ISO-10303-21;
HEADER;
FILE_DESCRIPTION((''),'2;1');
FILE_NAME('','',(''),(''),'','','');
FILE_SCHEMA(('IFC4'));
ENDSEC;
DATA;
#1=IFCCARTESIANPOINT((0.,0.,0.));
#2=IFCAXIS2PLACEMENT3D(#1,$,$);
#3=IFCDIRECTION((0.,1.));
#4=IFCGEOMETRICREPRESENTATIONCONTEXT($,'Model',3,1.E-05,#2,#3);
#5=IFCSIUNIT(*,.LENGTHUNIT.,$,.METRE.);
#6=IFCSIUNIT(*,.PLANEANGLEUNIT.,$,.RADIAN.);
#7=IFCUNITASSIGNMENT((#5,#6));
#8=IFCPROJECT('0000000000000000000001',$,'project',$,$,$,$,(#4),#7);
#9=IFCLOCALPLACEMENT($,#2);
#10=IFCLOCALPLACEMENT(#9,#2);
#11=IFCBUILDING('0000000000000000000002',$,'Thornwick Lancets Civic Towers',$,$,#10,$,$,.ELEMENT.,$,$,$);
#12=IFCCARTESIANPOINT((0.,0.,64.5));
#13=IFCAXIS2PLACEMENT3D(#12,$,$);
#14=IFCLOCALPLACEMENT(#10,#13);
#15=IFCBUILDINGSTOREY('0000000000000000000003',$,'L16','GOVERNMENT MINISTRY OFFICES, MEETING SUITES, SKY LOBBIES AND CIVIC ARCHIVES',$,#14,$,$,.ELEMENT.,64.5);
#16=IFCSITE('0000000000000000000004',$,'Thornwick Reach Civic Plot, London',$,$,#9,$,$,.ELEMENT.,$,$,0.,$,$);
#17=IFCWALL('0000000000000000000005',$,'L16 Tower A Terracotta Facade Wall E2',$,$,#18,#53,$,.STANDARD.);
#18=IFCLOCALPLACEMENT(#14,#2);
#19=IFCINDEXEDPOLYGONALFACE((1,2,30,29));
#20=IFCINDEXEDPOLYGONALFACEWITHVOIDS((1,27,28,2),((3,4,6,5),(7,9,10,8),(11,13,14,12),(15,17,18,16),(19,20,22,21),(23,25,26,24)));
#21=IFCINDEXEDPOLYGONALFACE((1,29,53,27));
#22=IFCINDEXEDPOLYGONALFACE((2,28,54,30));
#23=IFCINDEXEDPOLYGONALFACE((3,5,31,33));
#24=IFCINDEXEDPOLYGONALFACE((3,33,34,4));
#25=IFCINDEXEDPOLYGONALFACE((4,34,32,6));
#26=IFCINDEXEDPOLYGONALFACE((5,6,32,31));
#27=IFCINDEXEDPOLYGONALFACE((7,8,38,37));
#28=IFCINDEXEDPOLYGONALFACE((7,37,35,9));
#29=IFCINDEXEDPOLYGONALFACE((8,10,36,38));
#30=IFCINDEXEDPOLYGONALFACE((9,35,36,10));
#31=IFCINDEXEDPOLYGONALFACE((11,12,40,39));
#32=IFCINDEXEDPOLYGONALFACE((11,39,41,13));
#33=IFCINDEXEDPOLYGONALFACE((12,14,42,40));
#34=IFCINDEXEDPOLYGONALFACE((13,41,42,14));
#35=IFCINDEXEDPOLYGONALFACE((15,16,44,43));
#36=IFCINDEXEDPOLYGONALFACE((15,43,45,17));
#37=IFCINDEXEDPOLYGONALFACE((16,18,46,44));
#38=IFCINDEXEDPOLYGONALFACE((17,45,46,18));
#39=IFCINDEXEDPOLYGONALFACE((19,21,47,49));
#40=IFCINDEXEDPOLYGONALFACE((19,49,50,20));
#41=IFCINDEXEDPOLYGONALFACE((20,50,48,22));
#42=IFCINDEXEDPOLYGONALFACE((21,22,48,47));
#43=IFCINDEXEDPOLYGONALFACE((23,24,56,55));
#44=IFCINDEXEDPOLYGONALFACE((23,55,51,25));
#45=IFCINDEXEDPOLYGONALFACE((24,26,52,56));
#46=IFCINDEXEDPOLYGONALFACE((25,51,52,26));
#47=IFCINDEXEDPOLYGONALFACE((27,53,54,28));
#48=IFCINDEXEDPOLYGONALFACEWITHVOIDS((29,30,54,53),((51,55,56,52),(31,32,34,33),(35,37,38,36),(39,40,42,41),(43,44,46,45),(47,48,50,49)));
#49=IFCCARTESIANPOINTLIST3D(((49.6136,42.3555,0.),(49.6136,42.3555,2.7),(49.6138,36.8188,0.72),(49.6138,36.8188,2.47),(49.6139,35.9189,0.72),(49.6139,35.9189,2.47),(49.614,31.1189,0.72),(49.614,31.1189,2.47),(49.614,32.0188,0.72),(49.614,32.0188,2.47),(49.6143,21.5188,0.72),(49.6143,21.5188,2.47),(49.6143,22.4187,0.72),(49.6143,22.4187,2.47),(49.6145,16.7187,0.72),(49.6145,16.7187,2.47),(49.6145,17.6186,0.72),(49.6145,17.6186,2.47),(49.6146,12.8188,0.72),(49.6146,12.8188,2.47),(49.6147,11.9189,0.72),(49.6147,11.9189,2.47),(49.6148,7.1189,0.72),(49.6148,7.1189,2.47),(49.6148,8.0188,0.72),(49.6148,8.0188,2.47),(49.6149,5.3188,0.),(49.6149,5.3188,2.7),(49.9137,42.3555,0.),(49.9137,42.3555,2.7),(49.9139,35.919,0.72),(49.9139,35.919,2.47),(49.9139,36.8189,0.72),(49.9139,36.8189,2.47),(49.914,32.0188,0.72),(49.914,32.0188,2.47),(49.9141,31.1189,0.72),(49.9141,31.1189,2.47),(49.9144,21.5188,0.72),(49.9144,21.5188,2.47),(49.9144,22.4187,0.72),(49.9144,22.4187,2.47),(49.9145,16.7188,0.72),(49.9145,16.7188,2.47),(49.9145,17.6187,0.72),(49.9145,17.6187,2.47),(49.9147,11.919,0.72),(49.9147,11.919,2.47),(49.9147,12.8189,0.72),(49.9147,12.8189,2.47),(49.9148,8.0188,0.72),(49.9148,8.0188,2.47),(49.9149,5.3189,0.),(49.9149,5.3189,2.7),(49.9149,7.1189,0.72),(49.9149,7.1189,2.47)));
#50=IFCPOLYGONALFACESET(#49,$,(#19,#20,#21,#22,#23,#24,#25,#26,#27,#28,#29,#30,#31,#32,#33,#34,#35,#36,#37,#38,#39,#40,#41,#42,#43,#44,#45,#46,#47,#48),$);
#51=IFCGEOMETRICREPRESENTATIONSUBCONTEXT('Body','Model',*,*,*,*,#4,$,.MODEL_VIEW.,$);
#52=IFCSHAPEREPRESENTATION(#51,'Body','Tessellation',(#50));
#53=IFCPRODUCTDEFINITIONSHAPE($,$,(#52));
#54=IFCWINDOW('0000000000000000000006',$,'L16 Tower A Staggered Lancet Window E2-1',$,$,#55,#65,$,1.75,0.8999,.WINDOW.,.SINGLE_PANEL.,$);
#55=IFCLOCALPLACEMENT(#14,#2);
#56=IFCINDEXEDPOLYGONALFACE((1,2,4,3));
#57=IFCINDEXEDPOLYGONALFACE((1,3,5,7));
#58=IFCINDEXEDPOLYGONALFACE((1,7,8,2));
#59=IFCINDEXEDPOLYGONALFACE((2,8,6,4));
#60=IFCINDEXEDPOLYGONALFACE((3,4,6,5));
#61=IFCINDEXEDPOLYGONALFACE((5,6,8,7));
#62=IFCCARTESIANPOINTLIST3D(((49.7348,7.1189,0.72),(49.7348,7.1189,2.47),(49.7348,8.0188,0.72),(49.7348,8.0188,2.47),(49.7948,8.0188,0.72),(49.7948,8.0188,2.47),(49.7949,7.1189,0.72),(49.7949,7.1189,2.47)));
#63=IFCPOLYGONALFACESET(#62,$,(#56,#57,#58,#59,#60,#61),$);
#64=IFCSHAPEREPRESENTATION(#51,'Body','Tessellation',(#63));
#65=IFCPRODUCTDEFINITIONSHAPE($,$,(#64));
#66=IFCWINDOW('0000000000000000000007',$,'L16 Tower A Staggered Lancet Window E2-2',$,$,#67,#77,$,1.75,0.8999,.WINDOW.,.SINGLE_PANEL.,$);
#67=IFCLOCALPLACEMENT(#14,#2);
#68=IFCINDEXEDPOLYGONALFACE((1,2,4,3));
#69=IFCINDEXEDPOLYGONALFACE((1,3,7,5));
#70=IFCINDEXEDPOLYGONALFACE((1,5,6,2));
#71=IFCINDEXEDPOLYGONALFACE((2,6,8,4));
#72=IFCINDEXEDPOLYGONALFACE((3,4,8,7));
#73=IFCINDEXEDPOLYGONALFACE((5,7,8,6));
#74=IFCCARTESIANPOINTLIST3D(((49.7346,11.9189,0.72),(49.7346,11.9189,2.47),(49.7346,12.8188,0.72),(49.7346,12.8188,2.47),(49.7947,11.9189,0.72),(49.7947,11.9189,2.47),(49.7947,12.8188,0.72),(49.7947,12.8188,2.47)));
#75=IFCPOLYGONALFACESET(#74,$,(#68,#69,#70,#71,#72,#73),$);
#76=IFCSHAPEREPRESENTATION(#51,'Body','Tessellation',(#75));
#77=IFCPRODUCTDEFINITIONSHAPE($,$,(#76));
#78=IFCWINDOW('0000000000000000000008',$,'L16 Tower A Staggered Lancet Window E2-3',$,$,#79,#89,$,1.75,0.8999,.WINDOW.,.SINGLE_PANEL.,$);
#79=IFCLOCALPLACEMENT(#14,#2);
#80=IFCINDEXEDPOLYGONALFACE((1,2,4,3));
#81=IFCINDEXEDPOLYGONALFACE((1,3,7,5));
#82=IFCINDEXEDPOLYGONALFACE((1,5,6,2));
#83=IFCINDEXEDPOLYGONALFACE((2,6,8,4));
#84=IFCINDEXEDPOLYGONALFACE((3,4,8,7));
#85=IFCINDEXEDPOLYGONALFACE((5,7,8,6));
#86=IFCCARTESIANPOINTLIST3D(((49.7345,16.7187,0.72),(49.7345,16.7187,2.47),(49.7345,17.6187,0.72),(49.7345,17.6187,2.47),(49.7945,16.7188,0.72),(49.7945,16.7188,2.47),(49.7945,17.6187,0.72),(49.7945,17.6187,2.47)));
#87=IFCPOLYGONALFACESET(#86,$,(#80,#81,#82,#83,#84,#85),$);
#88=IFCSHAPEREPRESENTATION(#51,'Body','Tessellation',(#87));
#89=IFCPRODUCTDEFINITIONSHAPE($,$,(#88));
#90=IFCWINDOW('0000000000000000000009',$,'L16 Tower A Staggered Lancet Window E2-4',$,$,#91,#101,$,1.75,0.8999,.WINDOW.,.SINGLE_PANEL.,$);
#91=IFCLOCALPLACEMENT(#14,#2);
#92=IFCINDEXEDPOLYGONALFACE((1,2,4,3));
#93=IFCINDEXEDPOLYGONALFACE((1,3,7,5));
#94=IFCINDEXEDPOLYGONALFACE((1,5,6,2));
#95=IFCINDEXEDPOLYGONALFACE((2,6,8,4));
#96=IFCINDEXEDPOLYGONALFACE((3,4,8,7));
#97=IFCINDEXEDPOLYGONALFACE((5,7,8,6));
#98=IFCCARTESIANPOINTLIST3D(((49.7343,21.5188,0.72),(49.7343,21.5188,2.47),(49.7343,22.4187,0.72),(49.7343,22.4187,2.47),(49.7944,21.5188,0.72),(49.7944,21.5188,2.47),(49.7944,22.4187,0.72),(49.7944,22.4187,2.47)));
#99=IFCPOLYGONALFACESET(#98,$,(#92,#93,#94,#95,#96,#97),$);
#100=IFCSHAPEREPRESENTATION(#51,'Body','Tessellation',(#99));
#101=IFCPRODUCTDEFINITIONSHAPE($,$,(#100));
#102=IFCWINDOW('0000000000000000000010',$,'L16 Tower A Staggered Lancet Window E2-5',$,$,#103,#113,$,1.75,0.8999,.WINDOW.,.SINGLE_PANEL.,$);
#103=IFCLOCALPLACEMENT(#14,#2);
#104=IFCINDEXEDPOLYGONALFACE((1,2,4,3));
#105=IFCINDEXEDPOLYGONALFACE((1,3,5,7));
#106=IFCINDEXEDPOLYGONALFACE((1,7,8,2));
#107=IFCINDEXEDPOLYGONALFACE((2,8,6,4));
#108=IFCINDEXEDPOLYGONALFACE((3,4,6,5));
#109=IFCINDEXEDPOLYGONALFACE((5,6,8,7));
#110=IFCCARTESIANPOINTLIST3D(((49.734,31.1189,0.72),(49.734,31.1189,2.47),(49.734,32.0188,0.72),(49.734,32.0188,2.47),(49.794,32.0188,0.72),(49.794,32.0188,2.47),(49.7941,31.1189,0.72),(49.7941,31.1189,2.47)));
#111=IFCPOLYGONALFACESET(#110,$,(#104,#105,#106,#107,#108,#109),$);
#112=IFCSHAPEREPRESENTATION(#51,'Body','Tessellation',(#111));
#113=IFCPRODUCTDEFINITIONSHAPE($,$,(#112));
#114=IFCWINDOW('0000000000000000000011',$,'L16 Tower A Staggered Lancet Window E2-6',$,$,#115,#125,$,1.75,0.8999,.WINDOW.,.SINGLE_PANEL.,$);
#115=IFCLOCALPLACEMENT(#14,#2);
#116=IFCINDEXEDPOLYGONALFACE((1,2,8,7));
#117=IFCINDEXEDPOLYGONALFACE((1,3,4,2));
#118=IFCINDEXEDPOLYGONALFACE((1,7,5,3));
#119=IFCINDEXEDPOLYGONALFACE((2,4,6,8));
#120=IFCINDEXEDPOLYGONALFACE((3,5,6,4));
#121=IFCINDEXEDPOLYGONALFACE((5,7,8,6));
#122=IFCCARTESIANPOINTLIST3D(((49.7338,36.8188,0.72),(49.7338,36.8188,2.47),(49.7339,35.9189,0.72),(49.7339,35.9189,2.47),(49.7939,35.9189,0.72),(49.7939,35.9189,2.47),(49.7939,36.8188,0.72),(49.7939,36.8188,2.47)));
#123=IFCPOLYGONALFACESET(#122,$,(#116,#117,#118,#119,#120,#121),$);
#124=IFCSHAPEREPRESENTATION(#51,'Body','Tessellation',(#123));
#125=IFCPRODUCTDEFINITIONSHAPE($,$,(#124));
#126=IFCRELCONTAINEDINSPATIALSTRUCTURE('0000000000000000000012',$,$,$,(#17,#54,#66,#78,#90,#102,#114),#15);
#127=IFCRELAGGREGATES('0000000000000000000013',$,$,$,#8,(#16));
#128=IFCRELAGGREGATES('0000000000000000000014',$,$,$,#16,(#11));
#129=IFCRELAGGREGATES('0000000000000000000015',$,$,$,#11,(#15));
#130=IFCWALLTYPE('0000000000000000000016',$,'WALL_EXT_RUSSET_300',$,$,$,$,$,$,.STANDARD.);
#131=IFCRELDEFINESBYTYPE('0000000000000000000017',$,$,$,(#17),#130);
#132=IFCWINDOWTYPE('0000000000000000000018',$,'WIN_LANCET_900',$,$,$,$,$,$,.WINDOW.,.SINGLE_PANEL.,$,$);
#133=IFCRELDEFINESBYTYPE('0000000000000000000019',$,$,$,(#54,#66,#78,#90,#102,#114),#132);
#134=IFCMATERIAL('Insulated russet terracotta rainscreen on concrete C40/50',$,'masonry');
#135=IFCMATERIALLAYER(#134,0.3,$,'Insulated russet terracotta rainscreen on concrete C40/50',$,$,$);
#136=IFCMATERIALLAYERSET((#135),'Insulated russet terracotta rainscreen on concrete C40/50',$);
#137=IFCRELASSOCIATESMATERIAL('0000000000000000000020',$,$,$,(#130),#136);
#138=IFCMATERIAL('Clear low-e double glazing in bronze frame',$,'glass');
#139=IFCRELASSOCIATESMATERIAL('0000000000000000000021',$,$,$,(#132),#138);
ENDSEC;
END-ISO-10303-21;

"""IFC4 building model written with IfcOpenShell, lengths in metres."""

from ifc_helpers import new_model, si_unit, direction, frame, frame_2d, origin, place, context, subcontext, project, spatial, rectangle, extrude, material, layer, layer_set, type_object, element, fill, save


model = new_model("IFC4")

# Units and contexts
model_context = context("Model", 3, precision=1e-05, world=origin(), true_north=direction((0.0, 1.0)))
body_context = subcontext(model_context, "Body", "Model", "MODEL_VIEW")
ifc_project = project(units=[si_unit("LENGTHUNIT", "METRE"), si_unit("PLANEANGLEUNIT", "RADIAN")], contexts=[model_context])

# Site, building, storey
site_placement = place(None, origin())
site = spatial("IfcSite", under=ifc_project, at=site_placement, Name="Thornwick Reach Civic Plot, London", CompositionType="ELEMENT", RefElevation=0.0)
building_placement = place(site_placement, origin())
building = spatial("IfcBuilding", under=site, at=building_placement, Name="Thornwick Lancets Civic Towers", CompositionType="ELEMENT")
storey_placement = place(building_placement, frame((0.0, 0.0, 64.5)))
storey = spatial("IfcBuildingStorey", under=building, at=storey_placement, Name="L16", Description="GOVERNMENT MINISTRY OFFICES, MEETING SUITES, SKY LOBBIES AND CIVIC ARCHIVES", CompositionType="ELEMENT", Elevation=64.5)

# Wall, openings, windows
ifc_material_1 = material(Name="Insulated russet terracotta rainscreen on concrete C40/50", Category="masonry")
ifc_layer_1 = layer(ifc_material_1, 0.3, Name="Insulated russet terracotta rainscreen on concrete C40/50")
ifc_layer_set_1 = layer_set([ifc_layer_1], Name="Insulated russet terracotta rainscreen on concrete C40/50")
wall_type_1 = type_object("IfcWallType", Name="WALL_EXT_RUSSET_300", PredefinedType="STANDARD", material=ifc_layer_set_1)
wall_1_placement = place(storey_placement, frame((49.7649, 5.3188, 0.0), z_axis=(0.0, 0.0, 1.0), x_axis=(-0.000033, 1.0, 0.0)))
wall_1 = element("IfcWall", 1, at=wall_1_placement, inside=storey, type_object=wall_type_1, Name="L16 Tower A Terracotta Facade Wall E2", PredefinedType="STANDARD", context=body_context, shape_type="SweptSolid", body=[
    extrude(rectangle(XDim=37.0366, YDim=0.3, at=frame_2d((18.5183, 0.0))), origin(), (0.0, 0.0, 1.0), 2.7),
])
opening_1_placement = place(wall_1_placement, frame((1.8, 0.0, 0.72)))
opening_1 = element("IfcOpeningElement", 2, at=opening_1_placement, cuts=wall_1, PredefinedType="OPENING", context=body_context, shape_type="SweptSolid", body=[
    extrude(rectangle(XDim=0.8999, YDim=1.75, at=frame_2d((0.45, 0.875))), frame((0.0, 0.1602, 0.0), z_axis=(0.0, -1.0, 0.0), x_axis=(1.0, 0.0, 0.0)), (0.0, 0.0, 1.0), 0.3201),
])
opening_2_placement = place(wall_1_placement, frame((6.6001, 0.0, 0.72)))
opening_2 = element("IfcOpeningElement", 3, at=opening_2_placement, cuts=wall_1, PredefinedType="OPENING", context=body_context, shape_type="SweptSolid", body=[
    extrude(rectangle(XDim=0.8999, YDim=1.75, at=frame_2d((0.45, 0.875))), frame((0.0, 0.1602, 0.0), z_axis=(0.0, -1.0, 0.0), x_axis=(1.0, 0.0, 0.0)), (0.0, 0.0, 1.0), 0.3201),
])
opening_3_placement = place(wall_1_placement, frame((11.3999, 0.0, 0.72)))
opening_3 = element("IfcOpeningElement", 4, at=opening_3_placement, cuts=wall_1, PredefinedType="OPENING", context=body_context, shape_type="SweptSolid", body=[
    extrude(rectangle(XDim=0.8999, YDim=1.75, at=frame_2d((0.45, 0.875))), frame((0.0, 0.1602, 0.0), z_axis=(0.0, -1.0, 0.0), x_axis=(1.0, 0.0, 0.0)), (0.0, 0.0, 1.0), 0.3201),
])
opening_4_placement = place(wall_1_placement, frame((16.2, 0.0, 0.72)))
opening_4 = element("IfcOpeningElement", 5, at=opening_4_placement, cuts=wall_1, PredefinedType="OPENING", context=body_context, shape_type="SweptSolid", body=[
    extrude(rectangle(XDim=0.8999, YDim=1.75, at=frame_2d((0.45, 0.875))), frame((0.0, 0.1602, 0.0), z_axis=(0.0, -1.0, 0.0), x_axis=(1.0, 0.0, 0.0)), (0.0, 0.0, 1.0), 0.3201),
])
opening_5_placement = place(wall_1_placement, frame((25.8, 0.0, 0.72)))
opening_5 = element("IfcOpeningElement", 6, at=opening_5_placement, cuts=wall_1, PredefinedType="OPENING", context=body_context, shape_type="SweptSolid", body=[
    extrude(rectangle(XDim=0.8999, YDim=1.75, at=frame_2d((0.45, 0.875))), frame((0.0, 0.1602, 0.0), z_axis=(0.0, -1.0, 0.0), x_axis=(1.0, 0.0, 0.0)), (0.0, 0.0, 1.0), 0.3201),
])
opening_6_placement = place(wall_1_placement, frame((30.6001, 0.0, 0.72)))
opening_6 = element("IfcOpeningElement", 7, at=opening_6_placement, cuts=wall_1, PredefinedType="OPENING", context=body_context, shape_type="SweptSolid", body=[
    extrude(rectangle(XDim=0.8999, YDim=1.75, at=frame_2d((0.45, 0.875))), frame((0.0, 0.1602, 0.0), z_axis=(0.0, -1.0, 0.0), x_axis=(1.0, 0.0, 0.0)), (0.0, 0.0, 1.0), 0.3201),
])
ifc_material_2 = material(Name="Clear low-e double glazing in bronze frame", Category="glass")
window_type = type_object("IfcWindowType", Name="WIN_LANCET_900", PartitioningType="SINGLE_PANEL", PredefinedType="WINDOW", material=ifc_material_2)
window_1_placement = place(opening_1_placement, origin())
window_1 = element("IfcWindow", 8, at=window_1_placement, inside=storey, type_object=window_type, Name="L16 Tower A Staggered Lancet Window E2-1", OverallHeight=1.75, OverallWidth=0.8999, PartitioningType="SINGLE_PANEL", PredefinedType="WINDOW", context=body_context, shape_type="SweptSolid", body=[
    extrude(rectangle(XDim=0.8999, YDim=1.75, at=frame_2d((0.45, 0.875))), frame((0.0, 0.03, 0.0), z_axis=(0.0, -1.0, 0.0), x_axis=(1.0, 0.0, 0.0)), (0.0, 0.0, 1.0), 0.0601),
])
fill(opening_1, window_1)
window_2_placement = place(opening_2_placement, origin())
window_2 = element("IfcWindow", 9, at=window_2_placement, inside=storey, type_object=window_type, Name="L16 Tower A Staggered Lancet Window E2-2", OverallHeight=1.75, OverallWidth=0.8999, PartitioningType="SINGLE_PANEL", PredefinedType="WINDOW", context=body_context, shape_type="SweptSolid", body=[
    extrude(rectangle(XDim=0.8999, YDim=1.75, at=frame_2d((0.45, 0.875))), frame((0.0, 0.03, 0.0), z_axis=(0.0, -1.0, 0.0), x_axis=(1.0, 0.0, 0.0)), (0.0, 0.0, 1.0), 0.0601),
])
fill(opening_2, window_2)
window_3_placement = place(opening_3_placement, origin())
window_3 = element("IfcWindow", 10, at=window_3_placement, inside=storey, type_object=window_type, Name="L16 Tower A Staggered Lancet Window E2-3", OverallHeight=1.75, OverallWidth=0.8999, PartitioningType="SINGLE_PANEL", PredefinedType="WINDOW", context=body_context, shape_type="SweptSolid", body=[
    extrude(rectangle(XDim=0.8999, YDim=1.75, at=frame_2d((0.45, 0.875))), frame((0.0, 0.03, 0.0), z_axis=(0.0, -1.0, 0.0), x_axis=(1.0, 0.0, 0.0)), (0.0, 0.0, 1.0), 0.0601),
])
fill(opening_3, window_3)
window_4_placement = place(opening_4_placement, origin())
window_4 = element("IfcWindow", 11, at=window_4_placement, inside=storey, type_object=window_type, Name="L16 Tower A Staggered Lancet Window E2-4", OverallHeight=1.75, OverallWidth=0.8999, PartitioningType="SINGLE_PANEL", PredefinedType="WINDOW", context=body_context, shape_type="SweptSolid", body=[
    extrude(rectangle(XDim=0.8999, YDim=1.75, at=frame_2d((0.45, 0.875))), frame((0.0, 0.03, 0.0), z_axis=(0.0, -1.0, 0.0), x_axis=(1.0, 0.0, 0.0)), (0.0, 0.0, 1.0), 0.0601),
])
fill(opening_4, window_4)
window_5_placement = place(opening_5_placement, origin())
window_5 = element("IfcWindow", 12, at=window_5_placement, inside=storey, type_object=window_type, Name="L16 Tower A Staggered Lancet Window E2-5", OverallHeight=1.75, OverallWidth=0.8999, PartitioningType="SINGLE_PANEL", PredefinedType="WINDOW", context=body_context, shape_type="SweptSolid", body=[
    extrude(rectangle(XDim=0.8999, YDim=1.75, at=frame_2d((0.45, 0.875))), frame((0.0, 0.03, 0.0), z_axis=(0.0, -1.0, 0.0), x_axis=(1.0, 0.0, 0.0)), (0.0, 0.0, 1.0), 0.0601),
])
fill(opening_5, window_5)
window_6_placement = place(opening_6_placement, origin())
window_6 = element("IfcWindow", 13, at=window_6_placement, inside=storey, type_object=window_type, Name="L16 Tower A Staggered Lancet Window E2-6", OverallHeight=1.75, OverallWidth=0.8999, PartitioningType="SINGLE_PANEL", PredefinedType="WINDOW", context=body_context, shape_type="SweptSolid", body=[
    extrude(rectangle(XDim=0.8999, YDim=1.75, at=frame_2d((0.45, 0.875))), frame((0.0, 0.03, 0.0), z_axis=(0.0, -1.0, 0.0), x_axis=(1.0, 0.0, 0.0)), (0.0, 0.0, 1.0), 0.0601),
])
fill(opening_6, window_6)

save(model, "model.ifc")
